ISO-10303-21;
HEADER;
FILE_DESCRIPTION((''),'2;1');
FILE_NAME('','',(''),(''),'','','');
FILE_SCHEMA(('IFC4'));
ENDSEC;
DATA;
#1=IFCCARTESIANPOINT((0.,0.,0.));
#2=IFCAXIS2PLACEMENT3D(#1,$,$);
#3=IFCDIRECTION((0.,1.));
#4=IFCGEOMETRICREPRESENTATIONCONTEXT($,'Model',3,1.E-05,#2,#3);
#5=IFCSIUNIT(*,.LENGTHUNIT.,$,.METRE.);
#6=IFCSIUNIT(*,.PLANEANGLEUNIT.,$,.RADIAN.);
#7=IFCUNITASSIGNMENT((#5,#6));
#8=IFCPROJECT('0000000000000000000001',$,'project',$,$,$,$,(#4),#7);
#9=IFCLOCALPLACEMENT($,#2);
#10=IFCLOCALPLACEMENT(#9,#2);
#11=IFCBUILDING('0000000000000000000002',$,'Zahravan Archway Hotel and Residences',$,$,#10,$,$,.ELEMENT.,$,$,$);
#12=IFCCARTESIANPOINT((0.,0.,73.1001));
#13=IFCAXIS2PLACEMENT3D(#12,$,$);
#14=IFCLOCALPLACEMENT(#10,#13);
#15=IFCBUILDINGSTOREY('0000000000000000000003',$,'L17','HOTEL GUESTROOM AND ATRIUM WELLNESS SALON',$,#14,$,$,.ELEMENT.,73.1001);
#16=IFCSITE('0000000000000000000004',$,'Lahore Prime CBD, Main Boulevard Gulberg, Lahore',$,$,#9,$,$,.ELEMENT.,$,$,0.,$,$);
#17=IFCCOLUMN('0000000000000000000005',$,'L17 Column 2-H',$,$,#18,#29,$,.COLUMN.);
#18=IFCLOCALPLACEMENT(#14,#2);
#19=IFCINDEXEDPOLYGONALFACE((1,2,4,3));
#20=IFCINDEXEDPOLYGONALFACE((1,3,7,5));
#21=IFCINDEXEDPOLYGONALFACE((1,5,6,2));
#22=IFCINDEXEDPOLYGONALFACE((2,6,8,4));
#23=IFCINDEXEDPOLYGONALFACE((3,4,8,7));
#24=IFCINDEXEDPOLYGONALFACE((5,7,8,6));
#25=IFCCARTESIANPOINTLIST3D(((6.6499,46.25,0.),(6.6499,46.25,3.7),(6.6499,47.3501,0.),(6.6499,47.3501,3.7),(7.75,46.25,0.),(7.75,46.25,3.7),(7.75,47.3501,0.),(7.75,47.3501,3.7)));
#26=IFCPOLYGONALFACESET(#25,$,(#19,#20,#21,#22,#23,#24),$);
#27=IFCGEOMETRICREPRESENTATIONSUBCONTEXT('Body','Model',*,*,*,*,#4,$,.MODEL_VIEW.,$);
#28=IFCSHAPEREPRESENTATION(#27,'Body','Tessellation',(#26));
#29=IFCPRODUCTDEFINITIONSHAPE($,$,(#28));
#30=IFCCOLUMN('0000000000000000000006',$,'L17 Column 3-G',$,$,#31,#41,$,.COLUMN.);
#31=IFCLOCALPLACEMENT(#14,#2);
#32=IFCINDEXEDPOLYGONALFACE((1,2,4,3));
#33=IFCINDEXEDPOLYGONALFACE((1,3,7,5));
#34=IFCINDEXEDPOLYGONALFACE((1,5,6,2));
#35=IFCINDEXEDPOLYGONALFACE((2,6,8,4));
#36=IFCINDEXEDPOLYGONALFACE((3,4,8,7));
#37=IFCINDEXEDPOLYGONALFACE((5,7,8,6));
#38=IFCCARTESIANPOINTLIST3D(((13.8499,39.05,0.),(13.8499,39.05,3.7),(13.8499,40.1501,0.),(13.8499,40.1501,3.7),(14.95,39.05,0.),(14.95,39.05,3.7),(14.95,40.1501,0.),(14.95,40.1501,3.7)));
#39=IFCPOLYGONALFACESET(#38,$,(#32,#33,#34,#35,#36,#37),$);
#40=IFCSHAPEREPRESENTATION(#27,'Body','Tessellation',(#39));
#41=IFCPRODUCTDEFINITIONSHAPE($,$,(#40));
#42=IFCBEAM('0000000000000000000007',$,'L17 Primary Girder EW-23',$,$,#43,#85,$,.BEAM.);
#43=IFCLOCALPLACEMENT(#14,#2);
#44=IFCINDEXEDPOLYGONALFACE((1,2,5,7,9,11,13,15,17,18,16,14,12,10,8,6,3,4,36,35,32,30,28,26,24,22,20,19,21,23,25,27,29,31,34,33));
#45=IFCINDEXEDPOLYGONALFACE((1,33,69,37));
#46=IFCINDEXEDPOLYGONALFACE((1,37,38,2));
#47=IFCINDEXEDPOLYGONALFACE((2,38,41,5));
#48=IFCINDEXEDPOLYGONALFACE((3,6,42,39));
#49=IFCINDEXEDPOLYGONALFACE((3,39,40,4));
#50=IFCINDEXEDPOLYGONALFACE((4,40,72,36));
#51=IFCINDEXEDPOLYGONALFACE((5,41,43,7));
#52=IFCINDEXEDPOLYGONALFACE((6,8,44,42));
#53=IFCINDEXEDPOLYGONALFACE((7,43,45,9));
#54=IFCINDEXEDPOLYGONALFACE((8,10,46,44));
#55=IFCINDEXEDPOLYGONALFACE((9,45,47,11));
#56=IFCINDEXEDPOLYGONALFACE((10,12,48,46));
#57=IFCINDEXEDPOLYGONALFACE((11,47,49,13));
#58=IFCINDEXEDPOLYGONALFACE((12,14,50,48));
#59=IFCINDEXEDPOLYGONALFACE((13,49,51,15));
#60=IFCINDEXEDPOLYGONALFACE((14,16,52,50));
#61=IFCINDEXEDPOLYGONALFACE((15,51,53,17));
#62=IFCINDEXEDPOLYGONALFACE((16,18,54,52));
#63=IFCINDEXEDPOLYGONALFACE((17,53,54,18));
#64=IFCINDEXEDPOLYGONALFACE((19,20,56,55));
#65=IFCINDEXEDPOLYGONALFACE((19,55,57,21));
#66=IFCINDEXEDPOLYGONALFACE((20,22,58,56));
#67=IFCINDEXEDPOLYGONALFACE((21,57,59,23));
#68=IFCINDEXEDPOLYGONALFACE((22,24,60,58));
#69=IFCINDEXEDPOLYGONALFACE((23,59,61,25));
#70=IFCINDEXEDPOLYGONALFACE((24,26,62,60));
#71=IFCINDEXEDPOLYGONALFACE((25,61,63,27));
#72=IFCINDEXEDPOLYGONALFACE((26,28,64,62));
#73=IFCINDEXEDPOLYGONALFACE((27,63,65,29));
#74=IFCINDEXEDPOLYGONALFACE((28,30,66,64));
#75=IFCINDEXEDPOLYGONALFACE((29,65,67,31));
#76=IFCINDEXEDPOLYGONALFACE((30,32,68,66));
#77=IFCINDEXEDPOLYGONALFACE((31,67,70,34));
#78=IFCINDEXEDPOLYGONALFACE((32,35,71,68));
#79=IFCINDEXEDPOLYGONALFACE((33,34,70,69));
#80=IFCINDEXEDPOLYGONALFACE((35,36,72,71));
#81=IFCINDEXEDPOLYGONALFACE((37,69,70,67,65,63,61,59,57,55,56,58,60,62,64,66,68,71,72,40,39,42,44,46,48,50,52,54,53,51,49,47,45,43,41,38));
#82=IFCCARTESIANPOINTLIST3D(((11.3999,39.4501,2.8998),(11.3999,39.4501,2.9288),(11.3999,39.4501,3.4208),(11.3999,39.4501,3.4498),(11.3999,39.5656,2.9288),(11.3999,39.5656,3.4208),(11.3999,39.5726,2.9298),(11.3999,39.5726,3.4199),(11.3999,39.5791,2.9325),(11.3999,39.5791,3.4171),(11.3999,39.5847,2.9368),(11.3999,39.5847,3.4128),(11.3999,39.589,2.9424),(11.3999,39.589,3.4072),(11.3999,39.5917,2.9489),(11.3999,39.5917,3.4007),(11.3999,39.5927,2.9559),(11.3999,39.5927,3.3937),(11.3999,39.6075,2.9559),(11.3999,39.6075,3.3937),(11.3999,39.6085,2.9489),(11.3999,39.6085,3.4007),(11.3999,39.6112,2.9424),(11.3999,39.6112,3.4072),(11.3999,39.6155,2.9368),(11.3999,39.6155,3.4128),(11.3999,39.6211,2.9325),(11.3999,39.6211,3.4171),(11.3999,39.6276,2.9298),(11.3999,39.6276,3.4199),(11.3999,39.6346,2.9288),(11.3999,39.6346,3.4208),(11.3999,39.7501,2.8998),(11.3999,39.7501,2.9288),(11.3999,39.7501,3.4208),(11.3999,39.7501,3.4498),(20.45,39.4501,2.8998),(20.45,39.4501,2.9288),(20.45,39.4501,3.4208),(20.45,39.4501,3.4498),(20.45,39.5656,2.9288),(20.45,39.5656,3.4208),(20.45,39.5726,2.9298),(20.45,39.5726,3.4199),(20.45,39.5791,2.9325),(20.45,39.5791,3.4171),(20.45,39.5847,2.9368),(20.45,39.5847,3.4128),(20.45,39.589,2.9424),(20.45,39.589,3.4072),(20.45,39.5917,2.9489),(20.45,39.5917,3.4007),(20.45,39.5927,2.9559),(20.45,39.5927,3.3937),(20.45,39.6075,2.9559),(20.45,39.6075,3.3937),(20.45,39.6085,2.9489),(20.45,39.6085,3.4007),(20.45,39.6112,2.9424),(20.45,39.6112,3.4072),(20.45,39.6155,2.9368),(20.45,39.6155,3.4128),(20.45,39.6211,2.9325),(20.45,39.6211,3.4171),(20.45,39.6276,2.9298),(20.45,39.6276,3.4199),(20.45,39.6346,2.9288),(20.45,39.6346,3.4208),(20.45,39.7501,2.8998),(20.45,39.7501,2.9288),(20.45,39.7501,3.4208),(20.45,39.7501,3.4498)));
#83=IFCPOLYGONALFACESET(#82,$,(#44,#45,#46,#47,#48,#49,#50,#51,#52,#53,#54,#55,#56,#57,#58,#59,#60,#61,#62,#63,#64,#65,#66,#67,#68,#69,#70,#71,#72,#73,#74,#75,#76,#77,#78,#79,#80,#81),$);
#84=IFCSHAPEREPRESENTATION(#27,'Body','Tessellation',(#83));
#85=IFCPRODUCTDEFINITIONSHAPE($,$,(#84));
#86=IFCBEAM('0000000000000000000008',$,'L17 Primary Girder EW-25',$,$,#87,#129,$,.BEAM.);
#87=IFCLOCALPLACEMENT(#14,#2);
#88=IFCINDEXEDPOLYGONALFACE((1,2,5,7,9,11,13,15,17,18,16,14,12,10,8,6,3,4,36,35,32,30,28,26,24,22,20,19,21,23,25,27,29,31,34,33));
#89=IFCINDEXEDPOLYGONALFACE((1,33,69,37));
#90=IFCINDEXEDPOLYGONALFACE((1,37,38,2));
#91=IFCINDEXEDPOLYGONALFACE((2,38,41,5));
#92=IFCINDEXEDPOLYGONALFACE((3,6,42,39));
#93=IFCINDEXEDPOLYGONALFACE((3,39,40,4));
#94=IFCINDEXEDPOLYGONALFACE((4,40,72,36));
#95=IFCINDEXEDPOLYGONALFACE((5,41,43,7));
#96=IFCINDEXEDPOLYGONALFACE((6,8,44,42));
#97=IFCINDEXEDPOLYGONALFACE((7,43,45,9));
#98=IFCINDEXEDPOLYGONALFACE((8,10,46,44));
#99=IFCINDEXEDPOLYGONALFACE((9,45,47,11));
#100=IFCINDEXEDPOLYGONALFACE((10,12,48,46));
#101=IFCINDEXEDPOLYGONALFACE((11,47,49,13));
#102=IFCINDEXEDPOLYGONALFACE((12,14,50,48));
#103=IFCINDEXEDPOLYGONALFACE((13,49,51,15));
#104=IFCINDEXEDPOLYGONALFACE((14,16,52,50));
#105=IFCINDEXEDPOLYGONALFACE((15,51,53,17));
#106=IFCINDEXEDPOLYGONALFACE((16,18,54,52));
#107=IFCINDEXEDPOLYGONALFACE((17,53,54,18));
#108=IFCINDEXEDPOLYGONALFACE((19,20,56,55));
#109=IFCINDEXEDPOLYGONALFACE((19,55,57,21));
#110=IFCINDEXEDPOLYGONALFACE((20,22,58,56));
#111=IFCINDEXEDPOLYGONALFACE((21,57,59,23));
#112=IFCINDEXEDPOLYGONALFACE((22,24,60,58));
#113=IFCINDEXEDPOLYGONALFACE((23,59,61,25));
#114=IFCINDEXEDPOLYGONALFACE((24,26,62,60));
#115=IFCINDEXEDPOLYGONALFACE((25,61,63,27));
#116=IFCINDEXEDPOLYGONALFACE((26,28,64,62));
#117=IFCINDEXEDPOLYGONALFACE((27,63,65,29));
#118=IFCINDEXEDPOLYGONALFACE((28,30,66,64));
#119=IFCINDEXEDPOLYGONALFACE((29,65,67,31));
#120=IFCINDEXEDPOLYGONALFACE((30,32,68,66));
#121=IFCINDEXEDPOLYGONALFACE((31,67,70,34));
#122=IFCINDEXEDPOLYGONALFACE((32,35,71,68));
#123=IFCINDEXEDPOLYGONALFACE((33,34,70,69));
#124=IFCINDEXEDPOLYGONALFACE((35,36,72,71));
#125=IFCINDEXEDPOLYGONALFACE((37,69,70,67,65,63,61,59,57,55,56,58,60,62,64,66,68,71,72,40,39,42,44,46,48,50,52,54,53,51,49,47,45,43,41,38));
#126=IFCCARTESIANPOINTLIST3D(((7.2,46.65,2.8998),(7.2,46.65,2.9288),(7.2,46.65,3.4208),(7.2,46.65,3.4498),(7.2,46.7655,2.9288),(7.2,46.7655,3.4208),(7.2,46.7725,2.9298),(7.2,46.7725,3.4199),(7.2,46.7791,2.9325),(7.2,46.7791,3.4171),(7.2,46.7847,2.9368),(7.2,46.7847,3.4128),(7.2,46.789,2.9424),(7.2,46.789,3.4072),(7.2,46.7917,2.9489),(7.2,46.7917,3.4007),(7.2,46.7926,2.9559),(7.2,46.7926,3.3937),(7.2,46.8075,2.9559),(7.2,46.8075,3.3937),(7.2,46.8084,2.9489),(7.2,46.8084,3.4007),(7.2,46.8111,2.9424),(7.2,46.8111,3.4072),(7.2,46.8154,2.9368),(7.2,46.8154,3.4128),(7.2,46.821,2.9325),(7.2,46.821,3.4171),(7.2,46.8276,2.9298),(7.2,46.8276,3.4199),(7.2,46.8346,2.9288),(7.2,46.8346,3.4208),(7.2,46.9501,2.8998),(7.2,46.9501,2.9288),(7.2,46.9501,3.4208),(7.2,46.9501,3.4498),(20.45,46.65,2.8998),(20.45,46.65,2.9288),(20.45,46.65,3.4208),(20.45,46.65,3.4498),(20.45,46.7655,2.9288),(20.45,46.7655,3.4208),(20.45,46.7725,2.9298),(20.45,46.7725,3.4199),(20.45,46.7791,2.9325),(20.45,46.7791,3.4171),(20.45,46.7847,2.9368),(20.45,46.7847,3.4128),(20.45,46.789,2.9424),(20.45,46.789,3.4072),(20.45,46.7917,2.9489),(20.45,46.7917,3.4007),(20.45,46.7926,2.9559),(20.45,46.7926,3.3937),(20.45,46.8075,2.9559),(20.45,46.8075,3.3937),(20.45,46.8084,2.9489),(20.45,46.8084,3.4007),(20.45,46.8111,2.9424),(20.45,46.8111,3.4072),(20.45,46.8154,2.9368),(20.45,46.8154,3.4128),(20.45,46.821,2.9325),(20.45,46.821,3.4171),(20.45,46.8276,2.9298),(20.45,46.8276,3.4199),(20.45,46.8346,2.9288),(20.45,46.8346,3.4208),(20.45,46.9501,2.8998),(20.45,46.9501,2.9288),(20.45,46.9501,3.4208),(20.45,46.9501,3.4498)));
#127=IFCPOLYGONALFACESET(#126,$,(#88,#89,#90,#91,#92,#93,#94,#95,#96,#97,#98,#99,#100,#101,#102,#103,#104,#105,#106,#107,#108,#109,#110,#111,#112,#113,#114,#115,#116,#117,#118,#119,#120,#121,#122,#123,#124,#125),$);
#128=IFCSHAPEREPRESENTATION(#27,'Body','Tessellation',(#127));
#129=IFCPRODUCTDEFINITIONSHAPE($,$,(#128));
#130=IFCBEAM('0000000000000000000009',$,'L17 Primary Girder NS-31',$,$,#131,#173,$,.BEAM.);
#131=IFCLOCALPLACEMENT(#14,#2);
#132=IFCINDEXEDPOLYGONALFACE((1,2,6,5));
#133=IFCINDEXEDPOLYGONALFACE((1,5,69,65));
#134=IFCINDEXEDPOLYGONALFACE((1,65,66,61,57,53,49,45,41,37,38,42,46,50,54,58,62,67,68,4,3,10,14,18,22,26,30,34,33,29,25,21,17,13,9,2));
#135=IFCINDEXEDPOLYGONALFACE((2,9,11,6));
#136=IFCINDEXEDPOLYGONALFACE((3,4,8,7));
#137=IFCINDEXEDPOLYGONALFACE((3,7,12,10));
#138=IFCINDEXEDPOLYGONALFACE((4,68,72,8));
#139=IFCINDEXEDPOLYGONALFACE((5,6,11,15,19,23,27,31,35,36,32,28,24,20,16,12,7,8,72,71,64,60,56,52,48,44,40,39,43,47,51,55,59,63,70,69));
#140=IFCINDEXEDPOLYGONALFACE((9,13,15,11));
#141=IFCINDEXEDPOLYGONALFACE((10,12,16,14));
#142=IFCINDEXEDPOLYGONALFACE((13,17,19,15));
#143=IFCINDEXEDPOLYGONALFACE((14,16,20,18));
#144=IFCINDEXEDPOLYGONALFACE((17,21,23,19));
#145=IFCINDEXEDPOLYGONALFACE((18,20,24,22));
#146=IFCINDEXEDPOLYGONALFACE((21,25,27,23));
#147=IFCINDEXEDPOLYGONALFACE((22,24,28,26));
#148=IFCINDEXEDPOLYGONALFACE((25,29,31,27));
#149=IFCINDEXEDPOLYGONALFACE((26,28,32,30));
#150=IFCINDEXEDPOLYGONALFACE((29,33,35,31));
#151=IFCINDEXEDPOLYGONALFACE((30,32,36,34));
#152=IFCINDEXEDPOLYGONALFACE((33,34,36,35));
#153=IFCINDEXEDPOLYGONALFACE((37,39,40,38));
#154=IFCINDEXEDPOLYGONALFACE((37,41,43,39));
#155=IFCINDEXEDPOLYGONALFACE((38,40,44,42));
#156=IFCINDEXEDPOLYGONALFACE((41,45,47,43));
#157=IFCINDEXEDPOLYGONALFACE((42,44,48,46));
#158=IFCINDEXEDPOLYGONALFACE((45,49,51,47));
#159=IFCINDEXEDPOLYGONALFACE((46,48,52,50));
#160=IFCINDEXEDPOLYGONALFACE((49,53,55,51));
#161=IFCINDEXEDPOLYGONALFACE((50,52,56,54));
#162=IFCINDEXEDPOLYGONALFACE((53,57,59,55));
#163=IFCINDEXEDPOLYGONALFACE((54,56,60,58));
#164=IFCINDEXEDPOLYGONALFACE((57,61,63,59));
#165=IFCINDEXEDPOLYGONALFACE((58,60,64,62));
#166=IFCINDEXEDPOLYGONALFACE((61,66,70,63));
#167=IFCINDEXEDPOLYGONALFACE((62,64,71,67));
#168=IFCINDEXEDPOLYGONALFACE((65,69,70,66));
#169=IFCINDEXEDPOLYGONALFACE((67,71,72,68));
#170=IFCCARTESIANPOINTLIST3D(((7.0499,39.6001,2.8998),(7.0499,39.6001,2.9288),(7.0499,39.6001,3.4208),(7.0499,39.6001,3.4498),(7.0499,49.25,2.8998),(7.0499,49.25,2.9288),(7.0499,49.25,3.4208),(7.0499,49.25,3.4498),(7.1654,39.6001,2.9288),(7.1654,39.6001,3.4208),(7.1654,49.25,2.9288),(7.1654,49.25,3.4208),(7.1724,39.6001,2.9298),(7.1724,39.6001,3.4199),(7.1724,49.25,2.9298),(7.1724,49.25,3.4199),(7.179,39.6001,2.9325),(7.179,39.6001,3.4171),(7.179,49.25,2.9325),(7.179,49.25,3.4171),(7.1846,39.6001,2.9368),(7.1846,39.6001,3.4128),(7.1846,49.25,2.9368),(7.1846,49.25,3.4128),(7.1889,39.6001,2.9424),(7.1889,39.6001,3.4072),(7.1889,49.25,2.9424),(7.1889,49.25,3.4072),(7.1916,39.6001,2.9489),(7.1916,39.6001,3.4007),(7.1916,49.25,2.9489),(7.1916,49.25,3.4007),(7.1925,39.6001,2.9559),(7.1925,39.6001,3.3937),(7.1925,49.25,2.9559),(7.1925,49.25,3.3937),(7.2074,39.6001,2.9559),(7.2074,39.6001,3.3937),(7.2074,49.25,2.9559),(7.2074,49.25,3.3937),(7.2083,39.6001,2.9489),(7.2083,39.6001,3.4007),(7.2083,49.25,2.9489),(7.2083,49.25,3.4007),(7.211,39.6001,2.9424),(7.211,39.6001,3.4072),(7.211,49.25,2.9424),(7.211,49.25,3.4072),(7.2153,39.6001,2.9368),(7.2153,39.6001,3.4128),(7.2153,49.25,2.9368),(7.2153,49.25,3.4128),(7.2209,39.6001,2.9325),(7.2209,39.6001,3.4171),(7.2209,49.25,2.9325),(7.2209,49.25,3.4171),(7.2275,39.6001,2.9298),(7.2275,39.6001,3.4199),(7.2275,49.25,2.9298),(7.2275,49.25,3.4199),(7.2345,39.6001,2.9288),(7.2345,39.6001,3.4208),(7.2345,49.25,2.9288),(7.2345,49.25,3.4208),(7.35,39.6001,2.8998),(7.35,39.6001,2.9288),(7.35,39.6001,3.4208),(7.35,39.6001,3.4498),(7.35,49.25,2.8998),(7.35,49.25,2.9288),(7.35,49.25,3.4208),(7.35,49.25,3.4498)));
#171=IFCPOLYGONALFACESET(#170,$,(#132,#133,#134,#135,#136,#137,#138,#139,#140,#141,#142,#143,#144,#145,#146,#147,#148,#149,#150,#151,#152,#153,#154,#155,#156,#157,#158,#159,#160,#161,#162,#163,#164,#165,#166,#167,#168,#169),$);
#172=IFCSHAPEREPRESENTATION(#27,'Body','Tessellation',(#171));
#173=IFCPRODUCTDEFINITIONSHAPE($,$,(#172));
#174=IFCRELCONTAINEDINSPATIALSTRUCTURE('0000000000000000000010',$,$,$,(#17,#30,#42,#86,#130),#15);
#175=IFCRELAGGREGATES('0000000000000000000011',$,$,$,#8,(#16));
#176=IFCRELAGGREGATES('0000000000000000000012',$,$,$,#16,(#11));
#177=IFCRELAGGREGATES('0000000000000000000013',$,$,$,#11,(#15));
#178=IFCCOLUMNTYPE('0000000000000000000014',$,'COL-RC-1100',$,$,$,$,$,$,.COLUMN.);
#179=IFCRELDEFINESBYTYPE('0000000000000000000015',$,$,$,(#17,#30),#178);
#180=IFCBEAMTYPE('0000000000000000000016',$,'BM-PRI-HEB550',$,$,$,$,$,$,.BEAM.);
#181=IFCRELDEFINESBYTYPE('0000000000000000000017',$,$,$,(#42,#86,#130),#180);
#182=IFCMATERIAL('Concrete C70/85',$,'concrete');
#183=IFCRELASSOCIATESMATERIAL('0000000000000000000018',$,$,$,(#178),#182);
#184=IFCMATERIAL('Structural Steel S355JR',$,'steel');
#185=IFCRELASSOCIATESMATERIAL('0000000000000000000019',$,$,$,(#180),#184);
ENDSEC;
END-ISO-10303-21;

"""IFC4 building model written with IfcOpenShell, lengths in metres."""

from ifc_helpers import new_model, si_unit, direction, frame, origin, origin_2d, place, context, subcontext, project, spatial, rectangle, i_section, extrude, source, transform, mapped, material, material_profile, profile_set, type_object, element, save


model = new_model("IFC4")

# Units and contexts
model_context = context("Model", 3, precision=1e-05, world=origin(), true_north=direction((0.0, 1.0)))
body_context = subcontext(model_context, "Body", "Model", "MODEL_VIEW")
ifc_project = project(units=[si_unit("LENGTHUNIT", "METRE"), si_unit("PLANEANGLEUNIT", "RADIAN")], contexts=[model_context])

# Site, building, storey
site_placement = place(None, origin())
site = spatial("IfcSite", under=ifc_project, at=site_placement, Name="Lahore Prime CBD, Main Boulevard Gulberg, Lahore", CompositionType="ELEMENT", RefElevation=0.0)
building_placement = place(site_placement, origin())
building = spatial("IfcBuilding", under=site, at=building_placement, Name="Zahravan Archway Hotel and Residences", CompositionType="ELEMENT")
storey_placement = place(building_placement, frame((0.0, 0.0, 73.1001)))
storey = spatial("IfcBuildingStorey", under=building, at=storey_placement, Name="L17", Description="HOTEL GUESTROOM AND ATRIUM WELLNESS SALON", CompositionType="ELEMENT", Elevation=73.1001)

# Columns
ifc_material_1 = material(Name="Concrete C70/85", Category="concrete")
ifc_material_profile_1 = material_profile(ifc_material_1, rectangle(XDim=1.1001, YDim=1.1001, at=origin_2d()), Name="RC 1100x1100", Category="concrete")
ifc_profile_set_1 = profile_set([ifc_material_profile_1], Name="Concrete C70/85")
column_type = type_object("IfcColumnType", Name="COL-RC-1100", PredefinedType="COLUMN", material=ifc_profile_set_1)
shared_shape_1 = source(origin(), body_context, "Body", "SweptSolid", [
    extrude(rectangle(XDim=1.1001, YDim=1.1001, at=origin_2d()), origin(), (0.0, 0.0, 1.0), 3.7),
])
for number, where, z_axis, x_axis, name in (
    (1, (7.2, 46.8, 0.0), (0.0, 0.0, 1.0), (1.0, 0.0, 0.0), "L17 Column 2-H"),
    (2, (14.3999, 39.6001, 0.0), (0.0, 0.0, 1.0), (1.0, 0.0, 0.0), "L17 Column 3-G"),
):
    element("IfcColumn", number, at=place(storey_placement, frame(where, z_axis=z_axis, x_axis=x_axis)), inside=storey, type_object=column_type, Name=name, PredefinedType="COLUMN", context=body_context, shape_type="MappedRepresentation", body=[
        mapped(shared_shape_1, transform((0.0, 0.0, 0.0), scale=1.0)),
    ])

# Beams
ifc_material_2 = material(Name="Structural Steel S355JR", Category="steel")
ifc_material_profile_2 = material_profile(ifc_material_2, i_section(OverallWidth=0.3, OverallDepth=0.55, WebThickness=0.0149, FlangeThickness=0.0291, FilletRadius=0.0271, at=origin_2d()), Name="HEB 550", Category="steel")
ifc_profile_set_2 = profile_set([ifc_material_profile_2], Name="Structural Steel S355JR")
beam_type = type_object("IfcBeamType", Name="BM-PRI-HEB550", PredefinedType="BEAM", material=ifc_profile_set_2)
shared_shape_2 = source(origin(), body_context, "Body", "SweptSolid", [
    extrude(i_section(OverallWidth=0.3, OverallDepth=0.55, WebThickness=0.0149, FlangeThickness=0.0291, FilletRadius=0.0271, at=origin_2d()), origin(), (0.0, 0.0, 1.0), 9.05),
])
beam_1_placement = place(storey_placement, frame((11.3999, 39.6001, 3.1748), z_axis=(1.0, 0.0, 0.0), x_axis=(0.0, 1.0, 0.0)))
element("IfcBeam", 3, at=beam_1_placement, inside=storey, type_object=beam_type, Name="L17 Primary Girder EW-23", PredefinedType="BEAM", context=body_context, shape_type="MappedRepresentation", body=[
    mapped(shared_shape_2, transform((0.0, 0.0, 0.0), scale=1.0)),
])
shared_shape_3 = source(origin(), body_context, "Body", "SweptSolid", [
    extrude(i_section(OverallWidth=0.3, OverallDepth=0.55, WebThickness=0.0149, FlangeThickness=0.0291, FilletRadius=0.0271, at=origin_2d()), origin(), (0.0, 0.0, 1.0), 13.25),
])
beam_2_placement = place(storey_placement, frame((7.2, 46.8, 3.1748), z_axis=(1.0, 0.0, 0.0), x_axis=(0.0, 1.0, 0.0)))
element("IfcBeam", 4, at=beam_2_placement, inside=storey, type_object=beam_type, Name="L17 Primary Girder EW-25", PredefinedType="BEAM", context=body_context, shape_type="MappedRepresentation", body=[
    mapped(shared_shape_3, transform((0.0, 0.0, 0.0), scale=1.0)),
])
shared_shape_4 = source(origin(), body_context, "Body", "SweptSolid", [
    extrude(i_section(OverallWidth=0.3, OverallDepth=0.55, WebThickness=0.0149, FlangeThickness=0.0291, FilletRadius=0.0271, at=origin_2d()), origin(), (0.0, 0.0, 1.0), 9.6499),
])
for number, where, z_axis, x_axis, name in (
    (5, (7.2, 39.6001, 3.1748), (0.0, 1.0, 0.0), (-1.0, 0.0, 0.0), "L17 Primary Girder NS-31"),
):
    element("IfcBeam", number, at=place(storey_placement, frame(where, z_axis=z_axis, x_axis=x_axis)), inside=storey, type_object=beam_type, Name=name, PredefinedType="BEAM", context=body_context, shape_type="MappedRepresentation", body=[
        mapped(shared_shape_4, transform((0.0, 0.0, 0.0), scale=1.0)),
    ])

save(model, "model.ifc")
